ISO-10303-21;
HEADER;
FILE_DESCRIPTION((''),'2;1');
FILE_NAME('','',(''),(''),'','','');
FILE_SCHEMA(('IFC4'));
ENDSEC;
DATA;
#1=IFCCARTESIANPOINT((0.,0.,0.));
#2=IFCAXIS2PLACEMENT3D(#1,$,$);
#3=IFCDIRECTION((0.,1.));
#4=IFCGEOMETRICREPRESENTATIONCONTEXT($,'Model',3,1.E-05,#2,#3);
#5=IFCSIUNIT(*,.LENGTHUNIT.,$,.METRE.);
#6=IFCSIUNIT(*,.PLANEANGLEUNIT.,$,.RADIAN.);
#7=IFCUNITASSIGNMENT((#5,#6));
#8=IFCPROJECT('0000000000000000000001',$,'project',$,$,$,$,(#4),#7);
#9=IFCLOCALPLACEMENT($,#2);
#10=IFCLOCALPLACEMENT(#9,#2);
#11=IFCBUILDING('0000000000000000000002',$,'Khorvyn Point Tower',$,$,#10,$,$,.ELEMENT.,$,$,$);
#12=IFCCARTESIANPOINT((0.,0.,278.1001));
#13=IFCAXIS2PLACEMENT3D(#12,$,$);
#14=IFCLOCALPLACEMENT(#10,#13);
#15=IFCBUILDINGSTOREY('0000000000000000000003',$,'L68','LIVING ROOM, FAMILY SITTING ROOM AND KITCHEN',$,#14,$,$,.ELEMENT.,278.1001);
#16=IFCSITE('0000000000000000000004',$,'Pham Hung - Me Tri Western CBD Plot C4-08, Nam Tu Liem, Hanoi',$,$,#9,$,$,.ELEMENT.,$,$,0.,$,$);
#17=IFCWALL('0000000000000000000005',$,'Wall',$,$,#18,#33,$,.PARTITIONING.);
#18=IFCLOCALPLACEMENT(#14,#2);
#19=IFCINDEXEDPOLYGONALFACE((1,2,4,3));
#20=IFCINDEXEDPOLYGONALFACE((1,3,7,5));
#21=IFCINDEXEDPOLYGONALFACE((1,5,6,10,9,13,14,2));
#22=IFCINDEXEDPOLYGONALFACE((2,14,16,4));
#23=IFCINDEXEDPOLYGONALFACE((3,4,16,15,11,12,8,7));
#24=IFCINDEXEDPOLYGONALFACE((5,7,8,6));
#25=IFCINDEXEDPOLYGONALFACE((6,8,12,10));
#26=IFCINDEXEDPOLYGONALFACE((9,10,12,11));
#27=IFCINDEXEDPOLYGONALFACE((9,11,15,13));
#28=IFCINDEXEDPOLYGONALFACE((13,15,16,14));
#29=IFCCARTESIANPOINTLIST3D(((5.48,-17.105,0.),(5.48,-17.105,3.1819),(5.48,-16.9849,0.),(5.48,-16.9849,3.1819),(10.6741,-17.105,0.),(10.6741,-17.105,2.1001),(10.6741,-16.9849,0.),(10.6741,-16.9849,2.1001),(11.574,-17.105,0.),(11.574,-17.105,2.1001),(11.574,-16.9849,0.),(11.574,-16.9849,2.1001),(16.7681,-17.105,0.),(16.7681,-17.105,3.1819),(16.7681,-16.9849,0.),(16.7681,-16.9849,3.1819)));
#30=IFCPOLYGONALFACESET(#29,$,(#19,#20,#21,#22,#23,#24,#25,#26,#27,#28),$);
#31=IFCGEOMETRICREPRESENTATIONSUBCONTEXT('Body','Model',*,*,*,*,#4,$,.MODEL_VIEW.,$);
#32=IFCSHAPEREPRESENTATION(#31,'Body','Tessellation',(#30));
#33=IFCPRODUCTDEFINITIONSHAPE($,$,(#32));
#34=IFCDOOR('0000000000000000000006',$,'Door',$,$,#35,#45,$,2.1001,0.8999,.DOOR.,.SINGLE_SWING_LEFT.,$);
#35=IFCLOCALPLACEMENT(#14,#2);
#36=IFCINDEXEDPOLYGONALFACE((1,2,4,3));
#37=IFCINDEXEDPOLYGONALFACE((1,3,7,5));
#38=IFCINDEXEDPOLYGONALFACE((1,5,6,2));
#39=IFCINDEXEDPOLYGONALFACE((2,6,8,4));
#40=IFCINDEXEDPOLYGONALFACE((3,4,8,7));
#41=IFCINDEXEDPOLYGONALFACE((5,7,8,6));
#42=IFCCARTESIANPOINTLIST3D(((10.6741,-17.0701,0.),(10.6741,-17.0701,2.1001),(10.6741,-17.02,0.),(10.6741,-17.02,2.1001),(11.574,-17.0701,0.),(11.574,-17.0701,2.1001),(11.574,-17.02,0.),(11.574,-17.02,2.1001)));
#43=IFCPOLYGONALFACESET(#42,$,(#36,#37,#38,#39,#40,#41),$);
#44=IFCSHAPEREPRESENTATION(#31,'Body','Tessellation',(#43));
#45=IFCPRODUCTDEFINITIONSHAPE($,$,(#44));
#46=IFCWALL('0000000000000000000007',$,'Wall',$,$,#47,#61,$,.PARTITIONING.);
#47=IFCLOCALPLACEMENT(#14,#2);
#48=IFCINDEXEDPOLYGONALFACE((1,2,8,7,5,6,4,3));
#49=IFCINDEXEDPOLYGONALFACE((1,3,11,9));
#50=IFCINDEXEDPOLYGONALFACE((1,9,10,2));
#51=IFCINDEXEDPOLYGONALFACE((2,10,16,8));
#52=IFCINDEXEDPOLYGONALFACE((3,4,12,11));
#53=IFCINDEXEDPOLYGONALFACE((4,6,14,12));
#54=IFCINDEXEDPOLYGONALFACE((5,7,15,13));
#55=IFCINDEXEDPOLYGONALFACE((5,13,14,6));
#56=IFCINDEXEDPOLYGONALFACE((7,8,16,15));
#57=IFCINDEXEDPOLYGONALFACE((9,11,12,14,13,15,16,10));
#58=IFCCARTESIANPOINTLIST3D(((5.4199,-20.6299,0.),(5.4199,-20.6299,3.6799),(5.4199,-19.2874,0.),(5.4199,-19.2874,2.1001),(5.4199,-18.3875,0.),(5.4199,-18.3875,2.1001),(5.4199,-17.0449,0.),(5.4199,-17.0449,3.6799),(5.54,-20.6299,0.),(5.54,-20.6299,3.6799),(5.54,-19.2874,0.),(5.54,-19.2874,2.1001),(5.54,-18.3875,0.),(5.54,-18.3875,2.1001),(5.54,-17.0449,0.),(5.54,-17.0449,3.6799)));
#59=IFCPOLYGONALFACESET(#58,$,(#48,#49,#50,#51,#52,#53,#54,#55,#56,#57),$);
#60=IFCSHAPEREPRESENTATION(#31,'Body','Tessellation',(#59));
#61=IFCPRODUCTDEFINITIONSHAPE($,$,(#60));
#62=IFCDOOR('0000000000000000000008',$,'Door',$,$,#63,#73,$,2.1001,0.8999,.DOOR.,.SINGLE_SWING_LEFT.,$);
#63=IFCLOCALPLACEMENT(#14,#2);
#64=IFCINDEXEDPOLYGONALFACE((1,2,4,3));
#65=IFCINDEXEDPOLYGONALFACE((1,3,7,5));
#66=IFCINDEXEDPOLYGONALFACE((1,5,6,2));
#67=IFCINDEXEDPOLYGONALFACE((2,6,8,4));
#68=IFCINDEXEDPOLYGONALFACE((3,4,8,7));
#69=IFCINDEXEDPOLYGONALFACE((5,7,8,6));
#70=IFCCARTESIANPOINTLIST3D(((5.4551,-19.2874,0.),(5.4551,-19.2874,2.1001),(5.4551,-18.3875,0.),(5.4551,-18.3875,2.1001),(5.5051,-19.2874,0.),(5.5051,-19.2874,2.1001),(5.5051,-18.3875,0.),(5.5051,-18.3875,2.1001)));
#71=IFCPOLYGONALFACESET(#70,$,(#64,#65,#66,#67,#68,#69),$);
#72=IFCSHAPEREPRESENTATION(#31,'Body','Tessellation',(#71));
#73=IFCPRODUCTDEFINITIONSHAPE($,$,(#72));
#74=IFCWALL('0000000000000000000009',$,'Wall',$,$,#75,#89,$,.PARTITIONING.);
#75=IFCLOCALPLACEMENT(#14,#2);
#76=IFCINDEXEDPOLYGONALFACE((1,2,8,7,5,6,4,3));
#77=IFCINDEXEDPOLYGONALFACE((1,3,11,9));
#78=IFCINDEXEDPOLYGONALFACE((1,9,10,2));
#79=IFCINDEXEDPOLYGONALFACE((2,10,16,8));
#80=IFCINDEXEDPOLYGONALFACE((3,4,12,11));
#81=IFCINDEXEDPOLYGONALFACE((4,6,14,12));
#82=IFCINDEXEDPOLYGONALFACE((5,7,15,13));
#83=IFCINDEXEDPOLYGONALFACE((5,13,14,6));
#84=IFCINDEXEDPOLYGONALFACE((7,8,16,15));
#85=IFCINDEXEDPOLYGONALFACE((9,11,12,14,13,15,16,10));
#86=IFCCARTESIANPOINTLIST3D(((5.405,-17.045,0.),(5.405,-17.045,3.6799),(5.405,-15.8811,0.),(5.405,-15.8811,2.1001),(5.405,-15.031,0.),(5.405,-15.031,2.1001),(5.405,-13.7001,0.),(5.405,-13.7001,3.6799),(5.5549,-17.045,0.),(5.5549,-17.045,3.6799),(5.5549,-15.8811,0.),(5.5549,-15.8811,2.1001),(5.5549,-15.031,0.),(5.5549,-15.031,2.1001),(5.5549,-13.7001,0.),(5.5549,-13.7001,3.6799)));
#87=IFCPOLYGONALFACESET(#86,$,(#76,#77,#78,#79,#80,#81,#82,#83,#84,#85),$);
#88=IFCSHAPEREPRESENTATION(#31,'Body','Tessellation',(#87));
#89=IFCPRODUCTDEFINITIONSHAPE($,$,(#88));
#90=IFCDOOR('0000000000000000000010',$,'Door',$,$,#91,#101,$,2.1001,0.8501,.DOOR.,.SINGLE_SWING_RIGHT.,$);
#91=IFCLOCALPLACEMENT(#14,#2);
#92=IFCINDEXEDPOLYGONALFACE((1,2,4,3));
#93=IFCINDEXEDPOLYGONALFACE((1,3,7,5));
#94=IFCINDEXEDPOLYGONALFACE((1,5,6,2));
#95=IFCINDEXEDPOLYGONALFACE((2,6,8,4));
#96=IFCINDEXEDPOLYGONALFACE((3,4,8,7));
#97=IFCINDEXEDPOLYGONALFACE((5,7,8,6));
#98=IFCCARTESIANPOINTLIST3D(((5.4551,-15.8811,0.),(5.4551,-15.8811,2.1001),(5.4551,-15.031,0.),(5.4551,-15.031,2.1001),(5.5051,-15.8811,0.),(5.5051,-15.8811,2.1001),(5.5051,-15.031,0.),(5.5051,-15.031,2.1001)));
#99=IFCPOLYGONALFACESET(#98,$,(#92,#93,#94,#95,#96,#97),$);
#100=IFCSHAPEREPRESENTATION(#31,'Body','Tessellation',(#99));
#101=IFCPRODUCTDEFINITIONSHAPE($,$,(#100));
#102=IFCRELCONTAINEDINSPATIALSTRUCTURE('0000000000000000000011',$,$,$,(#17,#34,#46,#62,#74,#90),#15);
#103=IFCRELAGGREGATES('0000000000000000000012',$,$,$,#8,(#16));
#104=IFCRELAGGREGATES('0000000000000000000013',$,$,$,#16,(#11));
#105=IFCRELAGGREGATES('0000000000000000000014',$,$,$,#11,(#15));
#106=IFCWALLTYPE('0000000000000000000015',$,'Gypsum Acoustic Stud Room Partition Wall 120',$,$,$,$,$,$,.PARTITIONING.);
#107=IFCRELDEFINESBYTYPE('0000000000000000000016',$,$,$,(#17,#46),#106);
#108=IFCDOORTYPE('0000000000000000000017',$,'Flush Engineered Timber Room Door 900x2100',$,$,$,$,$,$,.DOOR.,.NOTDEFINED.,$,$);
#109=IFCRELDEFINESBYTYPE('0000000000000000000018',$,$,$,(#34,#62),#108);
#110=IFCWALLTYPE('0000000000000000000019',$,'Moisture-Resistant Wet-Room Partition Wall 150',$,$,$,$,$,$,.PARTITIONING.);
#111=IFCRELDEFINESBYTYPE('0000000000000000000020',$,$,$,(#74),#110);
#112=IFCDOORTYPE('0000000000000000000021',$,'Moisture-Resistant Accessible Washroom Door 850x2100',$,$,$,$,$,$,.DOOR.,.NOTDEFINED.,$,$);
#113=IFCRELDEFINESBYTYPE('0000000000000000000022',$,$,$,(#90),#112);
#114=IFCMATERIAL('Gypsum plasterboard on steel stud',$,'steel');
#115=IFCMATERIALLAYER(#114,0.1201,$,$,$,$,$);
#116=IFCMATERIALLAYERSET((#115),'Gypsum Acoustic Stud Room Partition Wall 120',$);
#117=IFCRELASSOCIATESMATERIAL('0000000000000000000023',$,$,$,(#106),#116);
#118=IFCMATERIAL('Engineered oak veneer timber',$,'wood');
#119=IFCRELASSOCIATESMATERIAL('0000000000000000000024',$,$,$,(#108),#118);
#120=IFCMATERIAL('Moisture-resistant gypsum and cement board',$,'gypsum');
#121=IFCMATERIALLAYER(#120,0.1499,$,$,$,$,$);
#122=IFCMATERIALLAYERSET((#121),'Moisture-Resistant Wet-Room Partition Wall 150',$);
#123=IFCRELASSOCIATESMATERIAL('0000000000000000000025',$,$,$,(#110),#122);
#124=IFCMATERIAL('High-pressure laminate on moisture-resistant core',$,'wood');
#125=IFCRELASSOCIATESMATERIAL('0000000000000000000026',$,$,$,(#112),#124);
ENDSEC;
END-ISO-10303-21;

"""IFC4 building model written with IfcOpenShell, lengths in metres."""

from ifc_helpers import new_model, si_unit, direction, frame, frame_2d, origin, place, context, subcontext, project, spatial, rectangle, extrude, material, layer, layer_set, type_object, element, fill, save


model = new_model("IFC4")

# Units and contexts
model_context = context("Model", 3, precision=1e-05, world=origin(), true_north=direction((0.0, 1.0)))
body_context = subcontext(model_context, "Body", "Model", "MODEL_VIEW")
ifc_project = project(units=[si_unit("LENGTHUNIT", "METRE"), si_unit("PLANEANGLEUNIT", "RADIAN")], contexts=[model_context])

# Site, building, storey
site_placement = place(None, origin())
site = spatial("IfcSite", under=ifc_project, at=site_placement, Name="Pham Hung - Me Tri Western CBD Plot C4-08, Nam Tu Liem, Hanoi", CompositionType="ELEMENT", RefElevation=0.0)
building_placement = place(site_placement, origin())
building = spatial("IfcBuilding", under=site, at=building_placement, Name="Khorvyn Point Tower", CompositionType="ELEMENT")
storey_placement = place(building_placement, frame((0.0, 0.0, 278.1001)))
storey = spatial("IfcBuildingStorey", under=building, at=storey_placement, Name="L68", Description="LIVING ROOM, FAMILY SITTING ROOM AND KITCHEN", CompositionType="ELEMENT", Elevation=278.1001)

# Walls, openings, doors
ifc_material_1 = material(Name="Gypsum plasterboard on steel stud", Category="steel")
ifc_layer_1 = layer(ifc_material_1, 0.1201)
ifc_layer_set_1 = layer_set([ifc_layer_1], Name="Gypsum Acoustic Stud Room Partition Wall 120")
wall_type_1 = type_object("IfcWallType", Name="Gypsum Acoustic Stud Room Partition Wall 120", PredefinedType="PARTITIONING", material=ifc_layer_set_1)
wall_1_placement = place(storey_placement, frame((5.48, -17.0449, 0.0), z_axis=(0.0, 0.0, 1.0), x_axis=(1.0, 0.0, 0.0)))
wall_1 = element("IfcWall", 1, at=wall_1_placement, inside=storey, type_object=wall_type_1, Name="Wall", PredefinedType="PARTITIONING", context=body_context, shape_type="SweptSolid", body=[
    extrude(rectangle(XDim=11.2881, YDim=0.1201, at=frame_2d((5.644, 0.0))), origin(), (0.0, 0.0, 1.0), 3.1819),
])
opening_1_placement = place(wall_1_placement, frame((5.1941, 0.0, 0.0)))
opening_1 = element("IfcOpeningElement", 2, at=opening_1_placement, cuts=wall_1, PredefinedType="OPENING", context=body_context, shape_type="SweptSolid", body=[
    extrude(rectangle(XDim=0.8999, YDim=2.1001, at=frame_2d((0.45, 1.05))), frame((0.0, 0.0701, 0.0), z_axis=(0.0, -1.0, 0.0), x_axis=(1.0, 0.0, 0.0)), (0.0, 0.0, 1.0), 0.1401),
])
ifc_material_2 = material(Name="Engineered oak veneer timber", Category="wood")
door_type_1 = type_object("IfcDoorType", Name="Flush Engineered Timber Room Door 900x2100", OperationType="NOTDEFINED", PredefinedType="DOOR", material=ifc_material_2)
door_1_placement = place(opening_1_placement, origin())
door_1 = element("IfcDoor", 3, at=door_1_placement, inside=storey, type_object=door_type_1, Name="Door", OperationType="SINGLE_SWING_LEFT", OverallHeight=2.1001, OverallWidth=0.8999, PredefinedType="DOOR", context=body_context, shape_type="SweptSolid", body=[
    extrude(rectangle(XDim=0.8999, YDim=2.1001, at=frame_2d((0.45, 1.05))), frame((0.0, 0.0249, 0.0), z_axis=(0.0, -1.0, 0.0), x_axis=(1.0, 0.0, 0.0)), (0.0, 0.0, 1.0), 0.05),
])
fill(opening_1, door_1)
wall_2_placement = place(storey_placement, frame((5.48, -20.6299, 0.0), z_axis=(0.0, 0.0, 1.0), x_axis=(0.0, 1.0, 0.0)))
wall_2 = element("IfcWall", 4, at=wall_2_placement, inside=storey, type_object=wall_type_1, Name="Wall", PredefinedType="PARTITIONING", context=body_context, shape_type="SweptSolid", body=[
    extrude(rectangle(XDim=3.585, YDim=0.1201, at=frame_2d((1.7925, 0.0))), origin(), (0.0, 0.0, 1.0), 3.6799),
])
opening_2_placement = place(wall_2_placement, frame((1.3425, 0.0, 0.0)))
opening_2 = element("IfcOpeningElement", 5, at=opening_2_placement, cuts=wall_2, PredefinedType="OPENING", context=body_context, shape_type="SweptSolid", body=[
    extrude(rectangle(XDim=0.8999, YDim=2.1001, at=frame_2d((0.45, 1.05))), frame((0.0, 0.0701, 0.0), z_axis=(0.0, -1.0, 0.0), x_axis=(1.0, 0.0, 0.0)), (0.0, 0.0, 1.0), 0.1401),
])
door_2_placement = place(opening_2_placement, origin())
door_2 = element("IfcDoor", 6, at=door_2_placement, inside=storey, type_object=door_type_1, Name="Door", OperationType="SINGLE_SWING_LEFT", OverallHeight=2.1001, OverallWidth=0.8999, PredefinedType="DOOR", context=body_context, shape_type="SweptSolid", body=[
    extrude(rectangle(XDim=0.8999, YDim=2.1001, at=frame_2d((0.45, 1.05))), frame((0.0, 0.0249, 0.0), z_axis=(0.0, -1.0, 0.0), x_axis=(1.0, 0.0, 0.0)), (0.0, 0.0, 1.0), 0.05),
])
fill(opening_2, door_2)
ifc_material_3 = material(Name="Moisture-resistant gypsum and cement board", Category="gypsum")
ifc_layer_2 = layer(ifc_material_3, 0.1499)
ifc_layer_set_2 = layer_set([ifc_layer_2], Name="Moisture-Resistant Wet-Room Partition Wall 150")
wall_type_2 = type_object("IfcWallType", Name="Moisture-Resistant Wet-Room Partition Wall 150", PredefinedType="PARTITIONING", material=ifc_layer_set_2)
wall_3_placement = place(storey_placement, frame((5.48, -17.0449, 0.0), z_axis=(0.0, 0.0, 1.0), x_axis=(0.0, 1.0, 0.0)))
wall_3 = element("IfcWall", 7, at=wall_3_placement, inside=storey, type_object=wall_type_2, Name="Wall", PredefinedType="PARTITIONING", context=body_context, shape_type="SweptSolid", body=[
    extrude(rectangle(XDim=3.345, YDim=0.1499, at=frame_2d((1.6724, 0.0))), origin(), (0.0, 0.0, 1.0), 3.6799),
])
opening_3_placement = place(wall_3_placement, frame((1.1638, 0.0, 0.0)))
opening_3 = element("IfcOpeningElement", 8, at=opening_3_placement, cuts=wall_3, PredefinedType="OPENING", context=body_context, shape_type="SweptSolid", body=[
    extrude(rectangle(XDim=0.8501, YDim=2.1001, at=frame_2d((0.425, 1.05))), frame((0.0, 0.085, 0.0), z_axis=(0.0, -1.0, 0.0), x_axis=(1.0, 0.0, 0.0)), (0.0, 0.0, 1.0), 0.1699),
])
ifc_material_4 = material(Name="High-pressure laminate on moisture-resistant core", Category="wood")
door_type_2 = type_object("IfcDoorType", Name="Moisture-Resistant Accessible Washroom Door 850x2100", OperationType="NOTDEFINED", PredefinedType="DOOR", material=ifc_material_4)
door_3_placement = place(opening_3_placement, origin())
door_3 = element("IfcDoor", 9, at=door_3_placement, inside=storey, type_object=door_type_2, Name="Door", OperationType="SINGLE_SWING_RIGHT", OverallHeight=2.1001, OverallWidth=0.8501, PredefinedType="DOOR", context=body_context, shape_type="SweptSolid", body=[
    extrude(rectangle(XDim=0.8501, YDim=2.1001, at=frame_2d((0.425, 1.05))), frame((0.0, 0.0249, 0.0), z_axis=(0.0, -1.0, 0.0), x_axis=(1.0, 0.0, 0.0)), (0.0, 0.0, 1.0), 0.05),
])
fill(opening_3, door_3)

save(model, "model.ifc")
